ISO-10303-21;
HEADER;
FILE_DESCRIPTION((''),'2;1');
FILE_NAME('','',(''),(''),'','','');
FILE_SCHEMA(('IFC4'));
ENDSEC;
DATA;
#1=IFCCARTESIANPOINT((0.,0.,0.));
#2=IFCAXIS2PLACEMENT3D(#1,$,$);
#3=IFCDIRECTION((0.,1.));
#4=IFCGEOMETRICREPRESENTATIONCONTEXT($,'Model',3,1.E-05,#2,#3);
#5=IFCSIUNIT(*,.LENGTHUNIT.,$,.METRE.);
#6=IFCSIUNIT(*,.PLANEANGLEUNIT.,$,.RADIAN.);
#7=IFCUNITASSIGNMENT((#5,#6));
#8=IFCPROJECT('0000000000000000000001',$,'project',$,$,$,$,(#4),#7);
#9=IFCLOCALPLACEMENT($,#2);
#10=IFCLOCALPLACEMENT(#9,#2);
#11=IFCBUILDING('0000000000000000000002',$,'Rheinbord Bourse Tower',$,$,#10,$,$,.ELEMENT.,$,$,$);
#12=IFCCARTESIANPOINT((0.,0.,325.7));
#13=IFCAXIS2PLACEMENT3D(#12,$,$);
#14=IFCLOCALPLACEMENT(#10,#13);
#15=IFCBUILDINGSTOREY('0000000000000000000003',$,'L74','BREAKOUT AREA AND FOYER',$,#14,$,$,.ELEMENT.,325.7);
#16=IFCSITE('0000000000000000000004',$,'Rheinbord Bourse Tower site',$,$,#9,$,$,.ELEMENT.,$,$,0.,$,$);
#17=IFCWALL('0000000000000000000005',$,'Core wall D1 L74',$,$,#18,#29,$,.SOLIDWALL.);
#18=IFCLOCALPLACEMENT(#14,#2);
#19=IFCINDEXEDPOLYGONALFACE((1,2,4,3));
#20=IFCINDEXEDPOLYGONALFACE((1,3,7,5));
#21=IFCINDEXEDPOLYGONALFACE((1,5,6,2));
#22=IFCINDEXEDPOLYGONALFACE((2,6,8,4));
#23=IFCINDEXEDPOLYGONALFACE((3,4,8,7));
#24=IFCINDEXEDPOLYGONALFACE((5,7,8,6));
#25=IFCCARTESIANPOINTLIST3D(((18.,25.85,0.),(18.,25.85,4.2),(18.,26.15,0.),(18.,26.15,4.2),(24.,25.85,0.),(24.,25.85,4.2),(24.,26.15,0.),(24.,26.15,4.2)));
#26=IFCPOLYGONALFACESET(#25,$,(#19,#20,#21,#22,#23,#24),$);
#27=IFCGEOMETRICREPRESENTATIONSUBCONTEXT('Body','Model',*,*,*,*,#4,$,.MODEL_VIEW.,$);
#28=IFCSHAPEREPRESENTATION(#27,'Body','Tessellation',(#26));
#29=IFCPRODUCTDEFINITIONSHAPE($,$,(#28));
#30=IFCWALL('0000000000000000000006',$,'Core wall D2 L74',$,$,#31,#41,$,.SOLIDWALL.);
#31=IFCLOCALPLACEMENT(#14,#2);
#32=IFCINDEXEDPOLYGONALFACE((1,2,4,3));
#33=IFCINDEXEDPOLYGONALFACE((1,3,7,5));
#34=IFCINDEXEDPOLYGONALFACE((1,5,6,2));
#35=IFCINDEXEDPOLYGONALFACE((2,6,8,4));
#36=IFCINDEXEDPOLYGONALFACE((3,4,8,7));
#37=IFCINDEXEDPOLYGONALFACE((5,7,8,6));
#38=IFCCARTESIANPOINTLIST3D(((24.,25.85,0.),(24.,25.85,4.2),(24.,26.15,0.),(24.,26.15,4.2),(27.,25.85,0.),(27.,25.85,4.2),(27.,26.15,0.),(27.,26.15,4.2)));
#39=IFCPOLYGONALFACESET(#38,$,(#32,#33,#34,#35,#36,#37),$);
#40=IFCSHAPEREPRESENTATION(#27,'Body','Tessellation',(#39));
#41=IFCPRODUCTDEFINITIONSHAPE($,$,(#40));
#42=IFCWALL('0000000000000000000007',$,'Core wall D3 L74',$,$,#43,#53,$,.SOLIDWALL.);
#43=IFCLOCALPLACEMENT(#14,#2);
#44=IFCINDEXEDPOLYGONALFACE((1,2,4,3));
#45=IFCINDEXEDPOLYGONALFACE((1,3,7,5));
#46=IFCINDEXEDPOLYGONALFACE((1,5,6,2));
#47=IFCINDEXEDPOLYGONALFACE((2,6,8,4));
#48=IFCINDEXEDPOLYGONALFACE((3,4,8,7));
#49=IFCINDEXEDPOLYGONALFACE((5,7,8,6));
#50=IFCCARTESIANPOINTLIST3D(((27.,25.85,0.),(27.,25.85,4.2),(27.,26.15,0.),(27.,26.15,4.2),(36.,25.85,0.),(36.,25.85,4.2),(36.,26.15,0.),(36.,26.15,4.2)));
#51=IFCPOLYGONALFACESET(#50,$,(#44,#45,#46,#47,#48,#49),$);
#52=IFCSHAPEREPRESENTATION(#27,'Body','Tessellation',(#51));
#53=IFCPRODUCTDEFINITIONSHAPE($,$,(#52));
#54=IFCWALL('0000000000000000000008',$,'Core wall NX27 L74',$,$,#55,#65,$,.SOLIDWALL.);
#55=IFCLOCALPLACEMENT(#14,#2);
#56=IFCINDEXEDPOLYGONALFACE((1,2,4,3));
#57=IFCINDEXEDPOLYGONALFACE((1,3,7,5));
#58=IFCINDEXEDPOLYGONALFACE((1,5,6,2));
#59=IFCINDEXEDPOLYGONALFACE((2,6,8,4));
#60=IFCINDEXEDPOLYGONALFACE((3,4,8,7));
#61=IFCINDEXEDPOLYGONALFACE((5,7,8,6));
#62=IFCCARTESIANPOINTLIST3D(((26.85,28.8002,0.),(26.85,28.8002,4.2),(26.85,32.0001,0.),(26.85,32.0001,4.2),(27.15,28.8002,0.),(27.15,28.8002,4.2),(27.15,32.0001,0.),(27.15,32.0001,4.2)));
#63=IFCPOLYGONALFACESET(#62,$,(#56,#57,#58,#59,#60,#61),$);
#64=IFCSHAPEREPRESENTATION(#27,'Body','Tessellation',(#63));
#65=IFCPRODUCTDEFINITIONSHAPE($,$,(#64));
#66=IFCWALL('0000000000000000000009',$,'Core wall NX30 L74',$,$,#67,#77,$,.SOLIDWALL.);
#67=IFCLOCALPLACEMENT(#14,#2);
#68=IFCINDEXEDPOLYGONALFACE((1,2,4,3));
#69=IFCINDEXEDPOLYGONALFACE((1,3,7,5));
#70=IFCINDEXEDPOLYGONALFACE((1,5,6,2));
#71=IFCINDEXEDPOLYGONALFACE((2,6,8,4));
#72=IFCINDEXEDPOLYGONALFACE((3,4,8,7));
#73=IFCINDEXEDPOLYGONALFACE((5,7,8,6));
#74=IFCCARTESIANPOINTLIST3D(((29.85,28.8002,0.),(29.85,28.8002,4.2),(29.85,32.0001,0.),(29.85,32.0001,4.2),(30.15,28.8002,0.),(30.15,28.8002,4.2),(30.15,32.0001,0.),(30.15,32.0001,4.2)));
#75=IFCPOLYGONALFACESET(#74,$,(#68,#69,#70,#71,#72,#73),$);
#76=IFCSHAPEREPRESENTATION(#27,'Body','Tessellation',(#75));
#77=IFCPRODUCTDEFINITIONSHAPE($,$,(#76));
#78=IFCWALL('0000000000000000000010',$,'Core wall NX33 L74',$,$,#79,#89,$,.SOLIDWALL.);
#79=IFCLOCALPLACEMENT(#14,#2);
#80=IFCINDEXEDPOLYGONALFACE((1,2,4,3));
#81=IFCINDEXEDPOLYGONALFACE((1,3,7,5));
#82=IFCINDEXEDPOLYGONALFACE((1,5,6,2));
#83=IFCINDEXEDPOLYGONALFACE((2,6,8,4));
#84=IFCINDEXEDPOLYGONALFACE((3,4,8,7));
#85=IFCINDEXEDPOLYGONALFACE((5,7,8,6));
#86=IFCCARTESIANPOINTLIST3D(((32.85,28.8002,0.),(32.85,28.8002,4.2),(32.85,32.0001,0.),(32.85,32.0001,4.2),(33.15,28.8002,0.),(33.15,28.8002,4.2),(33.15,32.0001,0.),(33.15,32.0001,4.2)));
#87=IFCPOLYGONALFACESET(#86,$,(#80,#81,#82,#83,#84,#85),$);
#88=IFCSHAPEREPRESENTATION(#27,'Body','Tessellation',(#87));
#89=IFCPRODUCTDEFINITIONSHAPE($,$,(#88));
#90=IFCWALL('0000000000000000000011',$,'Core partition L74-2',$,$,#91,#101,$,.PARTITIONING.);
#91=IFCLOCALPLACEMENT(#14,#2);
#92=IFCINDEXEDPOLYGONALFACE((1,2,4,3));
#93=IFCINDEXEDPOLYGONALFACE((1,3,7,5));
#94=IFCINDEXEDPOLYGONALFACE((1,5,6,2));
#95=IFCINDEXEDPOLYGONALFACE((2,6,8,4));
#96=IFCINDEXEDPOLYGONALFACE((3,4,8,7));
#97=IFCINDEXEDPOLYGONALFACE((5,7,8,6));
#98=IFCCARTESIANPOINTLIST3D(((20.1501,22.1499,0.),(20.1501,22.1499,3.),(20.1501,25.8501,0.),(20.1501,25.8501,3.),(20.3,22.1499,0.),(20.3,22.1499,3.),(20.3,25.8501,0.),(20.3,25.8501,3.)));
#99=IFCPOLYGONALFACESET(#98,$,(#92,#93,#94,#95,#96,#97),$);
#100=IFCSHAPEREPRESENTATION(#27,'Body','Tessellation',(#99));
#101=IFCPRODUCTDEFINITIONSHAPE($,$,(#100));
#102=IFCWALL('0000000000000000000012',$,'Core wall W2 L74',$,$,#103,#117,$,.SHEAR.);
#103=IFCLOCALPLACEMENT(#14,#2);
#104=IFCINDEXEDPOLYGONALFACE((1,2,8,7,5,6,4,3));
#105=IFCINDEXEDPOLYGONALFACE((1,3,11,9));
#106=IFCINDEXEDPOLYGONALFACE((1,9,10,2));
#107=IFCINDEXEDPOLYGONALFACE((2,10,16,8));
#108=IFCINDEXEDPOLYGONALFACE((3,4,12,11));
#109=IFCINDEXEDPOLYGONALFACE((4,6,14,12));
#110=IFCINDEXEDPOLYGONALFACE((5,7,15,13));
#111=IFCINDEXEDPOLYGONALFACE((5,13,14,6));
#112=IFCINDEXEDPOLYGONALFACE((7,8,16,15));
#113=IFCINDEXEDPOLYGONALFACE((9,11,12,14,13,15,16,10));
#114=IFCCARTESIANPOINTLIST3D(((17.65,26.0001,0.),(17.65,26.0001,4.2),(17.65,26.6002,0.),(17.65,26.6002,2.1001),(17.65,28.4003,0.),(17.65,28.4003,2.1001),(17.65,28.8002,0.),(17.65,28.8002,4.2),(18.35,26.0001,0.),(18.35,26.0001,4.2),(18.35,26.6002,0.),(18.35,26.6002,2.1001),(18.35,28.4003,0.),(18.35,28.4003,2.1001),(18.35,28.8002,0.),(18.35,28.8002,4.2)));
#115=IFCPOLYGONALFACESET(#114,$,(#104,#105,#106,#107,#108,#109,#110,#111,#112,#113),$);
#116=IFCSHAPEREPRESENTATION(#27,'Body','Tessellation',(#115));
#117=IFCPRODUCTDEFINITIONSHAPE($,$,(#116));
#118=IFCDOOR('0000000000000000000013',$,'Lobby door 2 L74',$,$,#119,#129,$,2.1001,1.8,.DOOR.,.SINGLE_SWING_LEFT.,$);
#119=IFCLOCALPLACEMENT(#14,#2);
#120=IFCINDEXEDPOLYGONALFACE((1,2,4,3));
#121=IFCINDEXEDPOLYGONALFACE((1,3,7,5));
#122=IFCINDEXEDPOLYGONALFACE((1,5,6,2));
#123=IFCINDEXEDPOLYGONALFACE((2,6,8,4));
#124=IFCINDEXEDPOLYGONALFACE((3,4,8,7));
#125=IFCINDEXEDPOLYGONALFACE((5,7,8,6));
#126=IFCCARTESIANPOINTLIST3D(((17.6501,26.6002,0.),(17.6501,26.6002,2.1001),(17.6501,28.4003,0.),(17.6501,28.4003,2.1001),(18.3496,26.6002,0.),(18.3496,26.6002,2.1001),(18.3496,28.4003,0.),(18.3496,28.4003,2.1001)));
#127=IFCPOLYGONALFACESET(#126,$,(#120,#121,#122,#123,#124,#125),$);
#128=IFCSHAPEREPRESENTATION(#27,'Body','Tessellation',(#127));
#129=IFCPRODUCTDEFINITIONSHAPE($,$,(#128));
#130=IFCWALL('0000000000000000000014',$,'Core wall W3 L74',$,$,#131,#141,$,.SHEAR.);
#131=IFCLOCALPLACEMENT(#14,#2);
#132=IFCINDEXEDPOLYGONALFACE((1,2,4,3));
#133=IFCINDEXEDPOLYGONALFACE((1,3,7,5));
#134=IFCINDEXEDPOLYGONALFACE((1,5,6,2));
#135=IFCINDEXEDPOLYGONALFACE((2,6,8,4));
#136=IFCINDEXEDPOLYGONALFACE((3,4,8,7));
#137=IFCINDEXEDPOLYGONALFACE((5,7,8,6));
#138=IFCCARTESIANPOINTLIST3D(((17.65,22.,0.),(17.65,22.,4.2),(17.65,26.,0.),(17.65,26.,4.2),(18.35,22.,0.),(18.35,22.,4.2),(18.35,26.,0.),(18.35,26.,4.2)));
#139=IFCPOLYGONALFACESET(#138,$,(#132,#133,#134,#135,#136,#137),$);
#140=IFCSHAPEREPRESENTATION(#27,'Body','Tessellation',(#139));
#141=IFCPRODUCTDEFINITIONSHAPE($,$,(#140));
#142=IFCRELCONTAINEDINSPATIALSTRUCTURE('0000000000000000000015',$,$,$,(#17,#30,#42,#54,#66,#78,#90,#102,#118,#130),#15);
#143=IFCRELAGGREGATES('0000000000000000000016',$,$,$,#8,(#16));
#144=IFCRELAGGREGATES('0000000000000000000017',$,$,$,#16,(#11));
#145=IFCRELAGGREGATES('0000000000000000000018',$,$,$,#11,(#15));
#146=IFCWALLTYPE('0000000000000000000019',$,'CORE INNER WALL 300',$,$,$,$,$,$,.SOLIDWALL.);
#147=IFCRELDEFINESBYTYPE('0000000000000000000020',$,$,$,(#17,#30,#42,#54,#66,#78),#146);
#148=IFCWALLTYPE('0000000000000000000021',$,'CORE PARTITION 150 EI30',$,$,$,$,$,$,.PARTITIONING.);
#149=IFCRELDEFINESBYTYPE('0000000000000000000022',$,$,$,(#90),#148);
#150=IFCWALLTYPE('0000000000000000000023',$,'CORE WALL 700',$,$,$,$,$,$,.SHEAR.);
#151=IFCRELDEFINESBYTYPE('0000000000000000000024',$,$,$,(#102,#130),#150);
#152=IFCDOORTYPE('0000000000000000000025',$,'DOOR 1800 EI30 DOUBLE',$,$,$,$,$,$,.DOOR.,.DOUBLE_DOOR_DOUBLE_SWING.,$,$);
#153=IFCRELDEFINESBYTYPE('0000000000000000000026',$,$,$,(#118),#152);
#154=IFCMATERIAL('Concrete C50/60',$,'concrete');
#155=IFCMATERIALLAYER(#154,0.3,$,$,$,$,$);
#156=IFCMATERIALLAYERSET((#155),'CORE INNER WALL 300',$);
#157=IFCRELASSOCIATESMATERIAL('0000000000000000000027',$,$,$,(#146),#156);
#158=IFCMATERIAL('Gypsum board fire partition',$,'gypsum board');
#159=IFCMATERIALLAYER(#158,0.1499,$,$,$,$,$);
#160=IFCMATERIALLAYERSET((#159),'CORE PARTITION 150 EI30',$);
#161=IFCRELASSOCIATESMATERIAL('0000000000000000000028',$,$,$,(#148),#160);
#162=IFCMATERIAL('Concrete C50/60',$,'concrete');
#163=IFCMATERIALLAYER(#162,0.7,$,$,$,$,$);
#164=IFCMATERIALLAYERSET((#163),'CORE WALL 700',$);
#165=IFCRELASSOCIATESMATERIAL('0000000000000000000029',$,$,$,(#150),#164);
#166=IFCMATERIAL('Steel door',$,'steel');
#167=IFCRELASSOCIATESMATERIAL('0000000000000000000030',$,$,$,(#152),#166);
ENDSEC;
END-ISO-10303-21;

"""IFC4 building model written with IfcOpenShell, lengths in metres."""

from ifc_helpers import new_model, si_unit, direction, frame, frame_2d, origin, place, context, subcontext, project, spatial, rectangle, extrude, material, layer, layer_set, type_object, element, fill, save


model = new_model("IFC4")

# Units and contexts
model_context = context("Model", 3, precision=1e-05, world=origin(), true_north=direction((0.0, 1.0)))
body_context = subcontext(model_context, "Body", "Model", "MODEL_VIEW")
ifc_project = project(units=[si_unit("LENGTHUNIT", "METRE"), si_unit("PLANEANGLEUNIT", "RADIAN")], contexts=[model_context])

# Site, building, storey
site_placement = place(None, origin())
site = spatial("IfcSite", under=ifc_project, at=site_placement, Name="Rheinbord Bourse Tower site", CompositionType="ELEMENT", RefElevation=0.0)
building_placement = place(site_placement, origin())
building = spatial("IfcBuilding", under=site, at=building_placement, Name="Rheinbord Bourse Tower", CompositionType="ELEMENT")
storey_placement = place(building_placement, frame((0.0, 0.0, 325.7)))
storey = spatial("IfcBuildingStorey", under=building, at=storey_placement, Name="L74", Description="BREAKOUT AREA AND FOYER", CompositionType="ELEMENT", Elevation=325.7)

# Shared definitions
ifc_material_1 = material(Name="Concrete C50/60", Category="concrete")
ifc_layer_1 = layer(ifc_material_1, 0.3)
ifc_layer_set_1 = layer_set([ifc_layer_1], Name="CORE INNER WALL 300")
wall_type_1 = type_object("IfcWallType", Name="CORE INNER WALL 300", PredefinedType="SOLIDWALL", material=ifc_layer_set_1)

# Walls
wall_1_placement = place(storey_placement, frame((18.0, 26.0, 0.0), z_axis=(0.0, 0.0, 1.0), x_axis=(1.0, 0.0, 0.0)))
element("IfcWall", 1, at=wall_1_placement, inside=storey, type_object=wall_type_1, Name="Core wall D1 L74", PredefinedType="SOLIDWALL", context=body_context, shape_type="SweptSolid", body=[
    extrude(rectangle(XDim=6.0, YDim=0.3, at=frame_2d((3.0, 0.0))), origin(), (0.0, 0.0, 1.0), 4.2),
])
wall_2_placement = place(storey_placement, frame((24.0, 26.0, 0.0), z_axis=(0.0, 0.0, 1.0), x_axis=(1.0, 0.0, 0.0)))
element("IfcWall", 2, at=wall_2_placement, inside=storey, type_object=wall_type_1, Name="Core wall D2 L74", PredefinedType="SOLIDWALL", context=body_context, shape_type="SweptSolid", body=[
    extrude(rectangle(XDim=3.0, YDim=0.3, at=frame_2d((1.5, 0.0))), origin(), (0.0, 0.0, 1.0), 4.2),
])
wall_3_placement = place(storey_placement, frame((27.0, 26.0, 0.0), z_axis=(0.0, 0.0, 1.0), x_axis=(1.0, 0.0, 0.0)))
element("IfcWall", 3, at=wall_3_placement, inside=storey, type_object=wall_type_1, Name="Core wall D3 L74", PredefinedType="SOLIDWALL", context=body_context, shape_type="SweptSolid", body=[
    extrude(rectangle(XDim=9.0, YDim=0.3, at=frame_2d((4.5, 0.0))), origin(), (0.0, 0.0, 1.0), 4.2),
])
for number, where, z_axis, x_axis, name in (
    (4, (27.0, 28.8, 0.0), (0.0, 0.0, 1.0), (0.0, 1.0, 0.0), "Core wall NX27 L74"),
    (5, (30.0, 28.8, 0.0), (0.0, 0.0, 1.0), (0.0, 1.0, 0.0), "Core wall NX30 L74"),
    (6, (33.0, 28.8, 0.0), (0.0, 0.0, 1.0), (0.0, 1.0, 0.0), "Core wall NX33 L74"),
):
    element("IfcWall", number, at=place(storey_placement, frame(where, z_axis=z_axis, x_axis=x_axis)), inside=storey, type_object=wall_type_1, Name=name, PredefinedType="SOLIDWALL", context=body_context, shape_type="SweptSolid", body=[
        extrude(rectangle(XDim=3.2, YDim=0.3, at=frame_2d((1.6001, 0.0))), origin(), (0.0, 0.0, 1.0), 4.2),
    ])
ifc_material_2 = material(Name="Gypsum board fire partition", Category="gypsum board")
ifc_layer_2 = layer(ifc_material_2, 0.1499)
ifc_layer_set_2 = layer_set([ifc_layer_2], Name="CORE PARTITION 150 EI30")
wall_type_2 = type_object("IfcWallType", Name="CORE PARTITION 150 EI30", PredefinedType="PARTITIONING", material=ifc_layer_set_2)
wall_4_placement = place(storey_placement, frame((20.2251, 22.1499, 0.0), z_axis=(0.0, 0.0, 1.0), x_axis=(0.0, 1.0, 0.0)))
element("IfcWall", 7, at=wall_4_placement, inside=storey, type_object=wall_type_2, Name="Core partition L74-2", PredefinedType="PARTITIONING", context=body_context, shape_type="SweptSolid", body=[
    extrude(rectangle(XDim=3.7002, YDim=0.1499, at=frame_2d((1.8501, 0.0))), origin(), (0.0, 0.0, 1.0), 3.0),
])

# Wall, opening, door
ifc_material_3 = material(Name="Concrete C50/60", Category="concrete")
ifc_layer_3 = layer(ifc_material_3, 0.7)
ifc_layer_set_3 = layer_set([ifc_layer_3], Name="CORE WALL 700")
wall_type_3 = type_object("IfcWallType", Name="CORE WALL 700", PredefinedType="SHEAR", material=ifc_layer_set_3)
wall_5_placement = place(storey_placement, frame((18.0, 28.8, 0.0), z_axis=(0.0, 0.0, 1.0), x_axis=(0.0, -1.0, 0.0)))
wall_5 = element("IfcWall", 8, at=wall_5_placement, inside=storey, type_object=wall_type_3, Name="Core wall W2 L74", PredefinedType="SHEAR", context=body_context, shape_type="SweptSolid", body=[
    extrude(rectangle(XDim=2.8, YDim=0.7, at=frame_2d((1.3999, 0.0))), origin(), (0.0, 0.0, 1.0), 4.2),
])
opening_1_placement = place(wall_5_placement, frame((0.3999, 0.0, 0.0)))
opening_1 = element("IfcOpeningElement", 9, at=opening_1_placement, cuts=wall_5, PredefinedType="OPENING", context=body_context, shape_type="SweptSolid", body=[
    extrude(rectangle(XDim=1.8, YDim=2.1001, at=frame_2d((0.8999, 1.05))), frame((0.0, 0.3599, 0.0), z_axis=(0.0, -1.0, 0.0), x_axis=(1.0, 0.0, 0.0)), (0.0, 0.0, 1.0), 0.72),
])
ifc_material_4 = material(Name="Steel door", Category="steel")
door_type_1 = type_object("IfcDoorType", Name="DOOR 1800 EI30 DOUBLE", OperationType="DOUBLE_DOOR_DOUBLE_SWING", PredefinedType="DOOR", material=ifc_material_4)
door_1_placement = place(opening_1_placement, origin())
door_1 = element("IfcDoor", 10, at=door_1_placement, inside=storey, type_object=door_type_1, Name="Lobby door 2 L74", OperationType="SINGLE_SWING_LEFT", OverallHeight=2.1001, OverallWidth=1.8, PredefinedType="DOOR", context=body_context, shape_type="SweptSolid", body=[
    extrude(rectangle(XDim=1.8, YDim=2.1001, at=frame_2d((0.8999, 1.05))), frame((0.0, 0.3496, 0.0), z_axis=(0.0, -1.0, 0.0), x_axis=(1.0, 0.0, 0.0)), (0.0, 0.0, 1.0), 0.6995),
])
fill(opening_1, door_1)

# Wall
wall_6_placement = place(storey_placement, frame((18.0, 26.0, 0.0), z_axis=(0.0, 0.0, 1.0), x_axis=(0.0, -1.0, 0.0)))
element("IfcWall", 11, at=wall_6_placement, inside=storey, type_object=wall_type_3, Name="Core wall W3 L74", PredefinedType="SHEAR", context=body_context, shape_type="SweptSolid", body=[
    extrude(rectangle(XDim=4.0, YDim=0.7, at=frame_2d((2.0, 0.0))), origin(), (0.0, 0.0, 1.0), 4.2),
])

save(model, "model.ifc")
